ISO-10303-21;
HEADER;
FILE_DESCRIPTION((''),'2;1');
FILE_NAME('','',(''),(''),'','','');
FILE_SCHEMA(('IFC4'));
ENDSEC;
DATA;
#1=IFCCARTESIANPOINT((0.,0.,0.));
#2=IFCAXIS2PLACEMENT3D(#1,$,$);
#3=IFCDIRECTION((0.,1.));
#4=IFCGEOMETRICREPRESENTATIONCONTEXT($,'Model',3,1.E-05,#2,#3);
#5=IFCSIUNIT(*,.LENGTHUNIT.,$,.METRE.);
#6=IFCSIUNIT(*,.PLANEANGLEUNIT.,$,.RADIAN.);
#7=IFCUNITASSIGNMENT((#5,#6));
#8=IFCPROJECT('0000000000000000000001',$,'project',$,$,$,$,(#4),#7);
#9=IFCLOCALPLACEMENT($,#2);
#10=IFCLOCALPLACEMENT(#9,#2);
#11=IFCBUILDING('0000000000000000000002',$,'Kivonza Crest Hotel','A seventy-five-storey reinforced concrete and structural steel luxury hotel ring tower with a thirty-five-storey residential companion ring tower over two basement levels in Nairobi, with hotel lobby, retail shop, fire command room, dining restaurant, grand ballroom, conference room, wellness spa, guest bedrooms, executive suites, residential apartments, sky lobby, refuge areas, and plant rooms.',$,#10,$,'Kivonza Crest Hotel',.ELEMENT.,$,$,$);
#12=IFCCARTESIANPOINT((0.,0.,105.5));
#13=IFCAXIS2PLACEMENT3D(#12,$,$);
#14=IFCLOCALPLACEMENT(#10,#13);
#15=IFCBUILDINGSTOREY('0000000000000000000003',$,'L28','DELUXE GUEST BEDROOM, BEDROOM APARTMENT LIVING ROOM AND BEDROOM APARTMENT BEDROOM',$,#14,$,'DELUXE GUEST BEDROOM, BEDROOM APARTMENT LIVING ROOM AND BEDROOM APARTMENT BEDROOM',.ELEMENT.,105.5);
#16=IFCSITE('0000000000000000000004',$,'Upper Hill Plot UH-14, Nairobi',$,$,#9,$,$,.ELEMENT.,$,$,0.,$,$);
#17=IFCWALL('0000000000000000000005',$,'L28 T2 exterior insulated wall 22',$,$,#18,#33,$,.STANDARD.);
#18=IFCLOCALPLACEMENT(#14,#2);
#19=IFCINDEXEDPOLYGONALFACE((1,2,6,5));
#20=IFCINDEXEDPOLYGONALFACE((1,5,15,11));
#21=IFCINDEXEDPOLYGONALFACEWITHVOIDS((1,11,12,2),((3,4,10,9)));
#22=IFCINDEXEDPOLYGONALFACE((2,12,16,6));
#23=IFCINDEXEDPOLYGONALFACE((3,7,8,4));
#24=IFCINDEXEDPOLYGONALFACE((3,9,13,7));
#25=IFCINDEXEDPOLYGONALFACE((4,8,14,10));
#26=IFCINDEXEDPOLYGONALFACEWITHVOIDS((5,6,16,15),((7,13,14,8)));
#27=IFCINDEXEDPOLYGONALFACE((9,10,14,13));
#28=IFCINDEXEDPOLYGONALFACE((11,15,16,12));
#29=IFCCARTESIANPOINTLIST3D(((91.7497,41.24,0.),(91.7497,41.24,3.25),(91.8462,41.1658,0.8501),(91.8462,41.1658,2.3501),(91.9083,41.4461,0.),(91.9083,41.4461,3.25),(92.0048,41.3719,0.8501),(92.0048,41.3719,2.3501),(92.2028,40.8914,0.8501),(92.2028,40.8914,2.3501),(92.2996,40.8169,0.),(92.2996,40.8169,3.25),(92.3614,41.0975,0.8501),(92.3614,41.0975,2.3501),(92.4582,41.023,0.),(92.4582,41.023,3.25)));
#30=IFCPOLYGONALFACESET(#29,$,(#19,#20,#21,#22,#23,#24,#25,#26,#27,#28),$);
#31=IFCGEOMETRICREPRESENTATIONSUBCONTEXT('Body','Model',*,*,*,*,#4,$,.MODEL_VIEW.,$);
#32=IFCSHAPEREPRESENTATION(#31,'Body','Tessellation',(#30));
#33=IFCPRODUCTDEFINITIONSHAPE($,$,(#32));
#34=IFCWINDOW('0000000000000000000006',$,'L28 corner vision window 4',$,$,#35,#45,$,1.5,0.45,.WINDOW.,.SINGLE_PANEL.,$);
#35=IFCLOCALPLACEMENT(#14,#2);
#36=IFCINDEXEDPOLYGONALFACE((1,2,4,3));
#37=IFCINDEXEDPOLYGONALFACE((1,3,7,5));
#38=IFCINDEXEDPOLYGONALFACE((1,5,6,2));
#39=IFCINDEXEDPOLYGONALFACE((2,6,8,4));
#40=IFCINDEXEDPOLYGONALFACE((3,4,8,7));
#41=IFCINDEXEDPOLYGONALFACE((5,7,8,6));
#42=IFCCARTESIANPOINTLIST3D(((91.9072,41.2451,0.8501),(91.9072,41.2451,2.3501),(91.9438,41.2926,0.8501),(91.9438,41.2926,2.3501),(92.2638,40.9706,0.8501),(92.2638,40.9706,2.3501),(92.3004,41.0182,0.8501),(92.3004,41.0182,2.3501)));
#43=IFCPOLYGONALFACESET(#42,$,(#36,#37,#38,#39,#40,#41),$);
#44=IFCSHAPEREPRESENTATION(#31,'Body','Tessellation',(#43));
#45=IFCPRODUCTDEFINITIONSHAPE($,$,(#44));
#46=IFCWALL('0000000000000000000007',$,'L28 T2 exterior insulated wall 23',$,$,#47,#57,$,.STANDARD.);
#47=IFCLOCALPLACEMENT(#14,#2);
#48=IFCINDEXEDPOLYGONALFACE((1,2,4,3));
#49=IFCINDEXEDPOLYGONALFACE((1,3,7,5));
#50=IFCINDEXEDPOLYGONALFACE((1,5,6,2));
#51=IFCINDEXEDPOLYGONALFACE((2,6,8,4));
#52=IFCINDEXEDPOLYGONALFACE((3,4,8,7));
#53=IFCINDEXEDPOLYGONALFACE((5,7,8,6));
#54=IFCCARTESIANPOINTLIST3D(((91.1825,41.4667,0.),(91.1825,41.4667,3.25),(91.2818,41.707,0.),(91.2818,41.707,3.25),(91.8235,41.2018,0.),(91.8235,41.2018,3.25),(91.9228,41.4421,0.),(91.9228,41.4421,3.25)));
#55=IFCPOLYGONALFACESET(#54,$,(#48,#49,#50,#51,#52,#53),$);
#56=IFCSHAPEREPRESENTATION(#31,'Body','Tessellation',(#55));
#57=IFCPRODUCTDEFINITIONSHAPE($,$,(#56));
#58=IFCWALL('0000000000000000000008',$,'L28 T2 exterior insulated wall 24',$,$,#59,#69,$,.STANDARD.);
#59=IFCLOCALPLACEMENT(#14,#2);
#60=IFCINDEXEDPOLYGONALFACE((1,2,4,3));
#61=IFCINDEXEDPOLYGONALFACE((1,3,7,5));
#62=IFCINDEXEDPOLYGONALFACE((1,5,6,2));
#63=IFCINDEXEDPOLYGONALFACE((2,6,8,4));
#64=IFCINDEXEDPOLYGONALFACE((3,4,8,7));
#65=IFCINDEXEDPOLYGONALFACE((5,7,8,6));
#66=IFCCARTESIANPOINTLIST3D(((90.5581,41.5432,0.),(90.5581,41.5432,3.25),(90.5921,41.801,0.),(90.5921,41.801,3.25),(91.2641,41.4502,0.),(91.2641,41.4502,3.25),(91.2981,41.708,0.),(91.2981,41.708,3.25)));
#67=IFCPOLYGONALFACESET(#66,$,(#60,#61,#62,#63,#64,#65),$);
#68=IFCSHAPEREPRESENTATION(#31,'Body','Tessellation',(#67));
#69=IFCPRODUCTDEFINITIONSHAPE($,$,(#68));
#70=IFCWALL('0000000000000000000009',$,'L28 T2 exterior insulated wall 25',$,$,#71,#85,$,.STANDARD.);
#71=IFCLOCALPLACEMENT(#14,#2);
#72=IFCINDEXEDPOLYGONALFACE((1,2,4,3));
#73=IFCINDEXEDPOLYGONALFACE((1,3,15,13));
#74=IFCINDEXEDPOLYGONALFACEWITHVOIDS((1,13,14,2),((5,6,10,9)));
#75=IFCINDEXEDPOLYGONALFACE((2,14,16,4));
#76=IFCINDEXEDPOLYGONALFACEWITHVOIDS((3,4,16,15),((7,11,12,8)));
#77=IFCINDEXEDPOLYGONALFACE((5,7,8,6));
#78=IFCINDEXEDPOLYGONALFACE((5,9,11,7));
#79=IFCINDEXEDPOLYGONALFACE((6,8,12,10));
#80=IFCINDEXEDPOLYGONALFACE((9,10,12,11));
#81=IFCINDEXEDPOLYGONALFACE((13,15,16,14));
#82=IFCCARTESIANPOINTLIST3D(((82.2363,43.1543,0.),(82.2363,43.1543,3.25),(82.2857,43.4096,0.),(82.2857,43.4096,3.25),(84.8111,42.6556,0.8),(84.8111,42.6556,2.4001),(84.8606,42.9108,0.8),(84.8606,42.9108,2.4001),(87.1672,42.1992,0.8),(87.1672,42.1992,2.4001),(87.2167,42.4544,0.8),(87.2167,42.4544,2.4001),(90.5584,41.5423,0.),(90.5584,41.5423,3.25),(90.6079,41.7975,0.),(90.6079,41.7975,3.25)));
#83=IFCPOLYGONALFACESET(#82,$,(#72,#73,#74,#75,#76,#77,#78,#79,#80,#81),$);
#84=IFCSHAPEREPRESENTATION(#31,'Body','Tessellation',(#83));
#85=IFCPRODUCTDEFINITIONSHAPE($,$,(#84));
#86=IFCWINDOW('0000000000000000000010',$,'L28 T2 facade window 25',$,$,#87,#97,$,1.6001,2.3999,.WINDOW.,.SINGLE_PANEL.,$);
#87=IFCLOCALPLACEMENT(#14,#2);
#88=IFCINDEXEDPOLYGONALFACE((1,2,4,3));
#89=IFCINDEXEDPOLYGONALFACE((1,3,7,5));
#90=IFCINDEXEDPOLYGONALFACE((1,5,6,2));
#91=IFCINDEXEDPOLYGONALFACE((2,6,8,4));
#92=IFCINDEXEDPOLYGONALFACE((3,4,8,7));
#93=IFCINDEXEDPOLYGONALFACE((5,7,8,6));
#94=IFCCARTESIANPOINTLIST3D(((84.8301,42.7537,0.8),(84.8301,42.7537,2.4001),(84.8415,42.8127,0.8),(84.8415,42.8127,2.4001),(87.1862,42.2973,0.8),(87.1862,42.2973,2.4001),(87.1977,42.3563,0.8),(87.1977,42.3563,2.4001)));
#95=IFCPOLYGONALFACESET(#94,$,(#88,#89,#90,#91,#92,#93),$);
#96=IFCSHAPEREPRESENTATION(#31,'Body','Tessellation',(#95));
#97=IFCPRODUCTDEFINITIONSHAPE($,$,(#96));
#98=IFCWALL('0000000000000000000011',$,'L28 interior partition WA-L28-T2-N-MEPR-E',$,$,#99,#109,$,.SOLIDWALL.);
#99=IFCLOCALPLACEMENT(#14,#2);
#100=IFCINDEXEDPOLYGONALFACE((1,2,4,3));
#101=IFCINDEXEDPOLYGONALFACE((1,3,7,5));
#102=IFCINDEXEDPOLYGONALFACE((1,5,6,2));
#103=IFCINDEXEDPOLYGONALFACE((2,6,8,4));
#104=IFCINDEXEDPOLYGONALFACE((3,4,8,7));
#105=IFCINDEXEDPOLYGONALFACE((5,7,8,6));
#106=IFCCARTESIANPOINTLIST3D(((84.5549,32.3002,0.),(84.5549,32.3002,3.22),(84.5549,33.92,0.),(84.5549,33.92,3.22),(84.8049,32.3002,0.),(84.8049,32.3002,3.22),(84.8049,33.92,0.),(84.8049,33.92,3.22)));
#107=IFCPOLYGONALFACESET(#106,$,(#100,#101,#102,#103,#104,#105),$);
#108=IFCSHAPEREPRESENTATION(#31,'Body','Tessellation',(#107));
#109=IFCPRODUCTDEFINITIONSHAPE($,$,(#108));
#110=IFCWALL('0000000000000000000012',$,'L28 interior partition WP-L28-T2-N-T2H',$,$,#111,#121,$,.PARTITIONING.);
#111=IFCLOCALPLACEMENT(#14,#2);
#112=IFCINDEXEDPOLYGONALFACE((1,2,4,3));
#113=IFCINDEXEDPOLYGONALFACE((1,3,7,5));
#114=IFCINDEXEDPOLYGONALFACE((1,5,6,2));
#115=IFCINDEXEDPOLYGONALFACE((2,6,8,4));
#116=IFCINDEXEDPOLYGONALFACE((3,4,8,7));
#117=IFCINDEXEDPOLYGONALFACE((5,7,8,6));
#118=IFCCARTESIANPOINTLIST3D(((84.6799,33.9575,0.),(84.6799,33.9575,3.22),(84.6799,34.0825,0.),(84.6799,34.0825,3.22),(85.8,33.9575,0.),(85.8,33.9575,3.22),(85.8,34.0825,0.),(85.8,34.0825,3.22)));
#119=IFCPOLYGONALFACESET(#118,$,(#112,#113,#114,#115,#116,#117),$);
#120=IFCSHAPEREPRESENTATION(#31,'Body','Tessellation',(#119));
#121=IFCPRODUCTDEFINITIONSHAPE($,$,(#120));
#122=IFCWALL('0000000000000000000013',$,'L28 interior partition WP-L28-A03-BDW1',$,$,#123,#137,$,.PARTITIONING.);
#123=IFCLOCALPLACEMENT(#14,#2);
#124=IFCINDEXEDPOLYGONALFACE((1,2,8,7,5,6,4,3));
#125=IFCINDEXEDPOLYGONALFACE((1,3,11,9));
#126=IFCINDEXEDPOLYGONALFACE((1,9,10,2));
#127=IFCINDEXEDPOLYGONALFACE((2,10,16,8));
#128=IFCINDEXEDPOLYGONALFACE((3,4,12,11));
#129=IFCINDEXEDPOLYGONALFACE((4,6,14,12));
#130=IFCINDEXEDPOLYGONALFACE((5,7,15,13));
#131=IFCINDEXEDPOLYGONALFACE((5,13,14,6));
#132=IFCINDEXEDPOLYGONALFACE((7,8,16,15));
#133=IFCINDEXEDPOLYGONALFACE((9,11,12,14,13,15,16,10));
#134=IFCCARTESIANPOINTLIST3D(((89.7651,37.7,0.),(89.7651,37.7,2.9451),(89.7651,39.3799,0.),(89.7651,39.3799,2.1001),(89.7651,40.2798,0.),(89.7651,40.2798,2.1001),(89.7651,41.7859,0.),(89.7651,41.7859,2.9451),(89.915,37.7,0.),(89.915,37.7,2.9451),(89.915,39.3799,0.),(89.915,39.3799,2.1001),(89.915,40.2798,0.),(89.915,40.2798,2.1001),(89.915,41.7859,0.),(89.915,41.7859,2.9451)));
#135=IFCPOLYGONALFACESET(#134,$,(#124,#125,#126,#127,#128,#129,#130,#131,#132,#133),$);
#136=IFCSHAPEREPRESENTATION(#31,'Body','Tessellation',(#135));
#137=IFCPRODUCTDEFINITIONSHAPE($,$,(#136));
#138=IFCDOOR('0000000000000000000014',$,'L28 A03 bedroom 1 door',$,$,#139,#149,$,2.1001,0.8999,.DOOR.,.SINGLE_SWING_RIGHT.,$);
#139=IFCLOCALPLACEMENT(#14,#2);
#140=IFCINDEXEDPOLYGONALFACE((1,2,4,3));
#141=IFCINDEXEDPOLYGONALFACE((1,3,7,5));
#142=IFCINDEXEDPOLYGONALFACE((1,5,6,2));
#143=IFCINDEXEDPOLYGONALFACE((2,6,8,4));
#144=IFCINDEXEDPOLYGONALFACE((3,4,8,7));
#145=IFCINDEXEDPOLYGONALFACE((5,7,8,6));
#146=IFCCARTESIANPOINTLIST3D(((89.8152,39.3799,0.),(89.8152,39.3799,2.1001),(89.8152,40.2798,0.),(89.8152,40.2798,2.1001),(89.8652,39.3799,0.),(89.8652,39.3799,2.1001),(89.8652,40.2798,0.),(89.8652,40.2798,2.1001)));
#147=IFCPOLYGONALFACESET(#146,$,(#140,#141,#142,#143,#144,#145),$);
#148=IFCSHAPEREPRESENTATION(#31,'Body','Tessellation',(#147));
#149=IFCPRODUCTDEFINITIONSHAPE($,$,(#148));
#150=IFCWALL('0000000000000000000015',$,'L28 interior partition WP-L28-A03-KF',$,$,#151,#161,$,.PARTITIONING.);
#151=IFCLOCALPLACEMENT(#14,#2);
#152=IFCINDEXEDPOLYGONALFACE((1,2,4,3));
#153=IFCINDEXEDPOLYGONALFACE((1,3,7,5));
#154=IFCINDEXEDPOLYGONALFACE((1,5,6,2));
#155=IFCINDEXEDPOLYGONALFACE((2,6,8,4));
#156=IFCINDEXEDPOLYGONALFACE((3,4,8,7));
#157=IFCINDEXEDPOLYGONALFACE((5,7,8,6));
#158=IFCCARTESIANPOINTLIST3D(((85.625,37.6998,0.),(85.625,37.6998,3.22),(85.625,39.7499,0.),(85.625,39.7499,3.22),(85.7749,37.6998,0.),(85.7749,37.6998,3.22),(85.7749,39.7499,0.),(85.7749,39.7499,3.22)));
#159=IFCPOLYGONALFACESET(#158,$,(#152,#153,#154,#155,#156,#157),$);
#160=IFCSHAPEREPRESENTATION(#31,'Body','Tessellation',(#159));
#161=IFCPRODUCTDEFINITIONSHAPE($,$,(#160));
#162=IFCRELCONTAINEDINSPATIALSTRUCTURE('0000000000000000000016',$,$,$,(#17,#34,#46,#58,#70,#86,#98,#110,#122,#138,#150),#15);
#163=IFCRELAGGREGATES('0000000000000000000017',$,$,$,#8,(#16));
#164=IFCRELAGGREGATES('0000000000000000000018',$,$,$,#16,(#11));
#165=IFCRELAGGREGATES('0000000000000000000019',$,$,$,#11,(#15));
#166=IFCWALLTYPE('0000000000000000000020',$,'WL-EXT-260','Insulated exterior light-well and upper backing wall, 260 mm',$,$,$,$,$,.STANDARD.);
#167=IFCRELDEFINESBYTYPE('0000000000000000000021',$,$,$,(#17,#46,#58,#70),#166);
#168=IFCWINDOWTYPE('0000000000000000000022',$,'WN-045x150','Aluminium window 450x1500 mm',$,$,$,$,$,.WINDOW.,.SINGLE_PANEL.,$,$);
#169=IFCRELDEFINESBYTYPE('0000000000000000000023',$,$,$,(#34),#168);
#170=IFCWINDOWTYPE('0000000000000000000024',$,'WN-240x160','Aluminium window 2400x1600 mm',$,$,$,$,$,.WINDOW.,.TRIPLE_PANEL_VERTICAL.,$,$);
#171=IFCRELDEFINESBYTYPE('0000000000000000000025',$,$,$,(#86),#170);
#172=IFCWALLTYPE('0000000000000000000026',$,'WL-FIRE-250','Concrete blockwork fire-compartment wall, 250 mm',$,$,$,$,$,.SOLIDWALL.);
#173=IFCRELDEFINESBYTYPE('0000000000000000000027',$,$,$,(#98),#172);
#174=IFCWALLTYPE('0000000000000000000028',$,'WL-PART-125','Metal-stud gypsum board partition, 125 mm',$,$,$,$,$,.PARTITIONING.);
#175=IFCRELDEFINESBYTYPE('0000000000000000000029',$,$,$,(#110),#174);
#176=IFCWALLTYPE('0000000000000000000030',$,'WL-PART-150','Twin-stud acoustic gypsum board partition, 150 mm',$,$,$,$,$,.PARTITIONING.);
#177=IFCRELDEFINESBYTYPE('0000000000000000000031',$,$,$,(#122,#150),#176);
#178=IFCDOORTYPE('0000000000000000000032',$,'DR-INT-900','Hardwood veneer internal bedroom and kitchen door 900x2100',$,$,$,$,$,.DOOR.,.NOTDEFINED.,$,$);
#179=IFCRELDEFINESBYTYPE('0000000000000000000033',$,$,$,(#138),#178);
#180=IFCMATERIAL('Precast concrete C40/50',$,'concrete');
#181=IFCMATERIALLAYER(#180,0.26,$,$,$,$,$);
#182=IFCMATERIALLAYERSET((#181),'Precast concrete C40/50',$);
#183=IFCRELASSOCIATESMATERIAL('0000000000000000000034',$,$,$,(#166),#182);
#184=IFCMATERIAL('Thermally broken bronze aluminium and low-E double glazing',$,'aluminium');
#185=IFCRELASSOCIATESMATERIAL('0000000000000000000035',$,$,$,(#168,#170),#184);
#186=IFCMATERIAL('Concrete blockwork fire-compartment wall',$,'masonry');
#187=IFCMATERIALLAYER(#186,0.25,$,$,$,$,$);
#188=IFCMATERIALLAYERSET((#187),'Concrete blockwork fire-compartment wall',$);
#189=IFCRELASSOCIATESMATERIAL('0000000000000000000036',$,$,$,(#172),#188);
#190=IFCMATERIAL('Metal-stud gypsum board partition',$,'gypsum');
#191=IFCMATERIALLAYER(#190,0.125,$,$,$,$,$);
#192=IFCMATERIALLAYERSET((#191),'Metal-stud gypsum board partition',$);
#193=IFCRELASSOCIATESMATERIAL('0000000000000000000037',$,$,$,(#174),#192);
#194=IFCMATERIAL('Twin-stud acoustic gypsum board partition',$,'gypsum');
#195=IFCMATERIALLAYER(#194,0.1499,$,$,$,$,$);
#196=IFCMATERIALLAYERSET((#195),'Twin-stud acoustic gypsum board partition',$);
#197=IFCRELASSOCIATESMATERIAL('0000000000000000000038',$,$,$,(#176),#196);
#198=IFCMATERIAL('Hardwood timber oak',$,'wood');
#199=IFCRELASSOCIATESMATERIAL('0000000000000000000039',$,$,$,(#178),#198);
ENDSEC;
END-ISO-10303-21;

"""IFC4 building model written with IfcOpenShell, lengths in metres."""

from ifc_helpers import new_model, si_unit, direction, frame, frame_2d, origin, place, context, subcontext, project, spatial, rectangle, extrude, material, layer, layer_set, type_object, element, fill, save


model = new_model("IFC4")

# Units and contexts
model_context = context("Model", 3, precision=1e-05, world=origin(), true_north=direction((0.0, 1.0)))
body_context = subcontext(model_context, "Body", "Model", "MODEL_VIEW")
ifc_project = project(units=[si_unit("LENGTHUNIT", "METRE"), si_unit("PLANEANGLEUNIT", "RADIAN")], contexts=[model_context])

# Site, building, storey
site_placement = place(None, origin())
site = spatial("IfcSite", under=ifc_project, at=site_placement, Name="Upper Hill Plot UH-14, Nairobi", CompositionType="ELEMENT", RefElevation=0.0)
building_placement = place(site_placement, origin())
building = spatial("IfcBuilding", under=site, at=building_placement, Name="Kivonza Crest Hotel", Description="A seventy-five-storey reinforced concrete and structural steel luxury hotel ring tower with a thirty-five-storey residential companion ring tower over two basement levels in Nairobi, with hotel lobby, retail shop, fire command room, dining restaurant, grand ballroom, conference room, wellness spa, guest bedrooms, executive suites, residential apartments, sky lobby, refuge areas, and plant rooms.", LongName="Kivonza Crest Hotel", CompositionType="ELEMENT")
storey_placement = place(building_placement, frame((0.0, 0.0, 105.5)))
storey = spatial("IfcBuildingStorey", under=building, at=storey_placement, Name="L28", Description="DELUXE GUEST BEDROOM, BEDROOM APARTMENT LIVING ROOM AND BEDROOM APARTMENT BEDROOM", LongName="DELUXE GUEST BEDROOM, BEDROOM APARTMENT LIVING ROOM AND BEDROOM APARTMENT BEDROOM", CompositionType="ELEMENT", Elevation=105.5)

# Shared definitions
ifc_material_1 = material(Name="Hardwood timber oak", Category="wood")

# Shared definitions
ifc_material_2 = material(Name="Precast concrete C40/50", Category="concrete")
ifc_layer_1 = layer(ifc_material_2, 0.26)
ifc_layer_set_1 = layer_set([ifc_layer_1], Name="Precast concrete C40/50")
wall_type_1 = type_object("IfcWallType", Name="WL-EXT-260", Description="Insulated exterior light-well and upper backing wall, 260 mm", PredefinedType="STANDARD", material=ifc_layer_set_1)

# Wall, opening, window
wall_1_placement = place(storey_placement, frame((92.3789, 40.9199, 0.0), z_axis=(0.0, 0.0, 1.0), x_axis=(-0.792506, 0.609864, 0.0)))
wall_1 = element("IfcWall", 1, at=wall_1_placement, inside=storey, type_object=wall_type_1, Name="L28 T2 exterior insulated wall 22", PredefinedType="STANDARD", context=body_context, shape_type="SweptSolid", body=[
    extrude(rectangle(XDim=0.6938, YDim=0.26, at=frame_2d((0.3469, 0.0))), origin(), (0.0, 0.0, 1.0), 3.25),
])
opening_1_placement = place(wall_1_placement, frame((0.1221, 0.0, 0.8501)))
opening_1 = element("IfcOpeningElement", 2, at=opening_1_placement, cuts=wall_1, PredefinedType="OPENING", context=body_context, shape_type="SweptSolid", body=[
    extrude(rectangle(XDim=0.45, YDim=1.5, at=frame_2d((0.2251, 0.75))), frame((0.0, 0.1401, 0.0), z_axis=(0.0, -1.0, 0.0), x_axis=(1.0, 0.0, 0.0)), (0.0, 0.0, 1.0), 0.28),
])
ifc_material_3 = material(Name="Thermally broken bronze aluminium and low-E double glazing", Category="aluminium")
window_type_1 = type_object("IfcWindowType", Name="WN-045x150", Description="Aluminium window 450x1500 mm", PartitioningType="SINGLE_PANEL", PredefinedType="WINDOW", material=ifc_material_3)
window_1_placement = place(opening_1_placement, origin())
window_1 = element("IfcWindow", 3, at=window_1_placement, inside=storey, type_object=window_type_1, Name="L28 corner vision window 4", OverallHeight=1.5, OverallWidth=0.45, PartitioningType="SINGLE_PANEL", PredefinedType="WINDOW", context=body_context, shape_type="SweptSolid", body=[
    extrude(rectangle(XDim=0.45, YDim=1.5, at=frame_2d((0.2251, 0.75))), frame((0.0, 0.03, 0.0), z_axis=(0.0, -1.0, 0.0), x_axis=(1.0, 0.0, 0.0)), (0.0, 0.0, 1.0), 0.0601),
])
fill(opening_1, window_1)

# Walls
wall_2_placement = place(storey_placement, frame((91.873, 41.322, 0.0), z_axis=(0.0, 0.0, 1.0), x_axis=(-0.924218, 0.381865, 0.0)))
element("IfcWall", 4, at=wall_2_placement, inside=storey, type_object=wall_type_1, Name="L28 T2 exterior insulated wall 23", PredefinedType="STANDARD", context=body_context, shape_type="SweptSolid", body=[
    extrude(rectangle(XDim=0.6936, YDim=0.26, at=frame_2d((0.3467, 0.0))), origin(), (0.0, 0.0, 1.0), 3.25),
])
wall_3_placement = place(storey_placement, frame((91.281, 41.5791, 0.0), z_axis=(0.0, 0.0, 1.0), x_axis=(-0.991433, 0.130614, 0.0)))
element("IfcWall", 5, at=wall_3_placement, inside=storey, type_object=wall_type_1, Name="L28 T2 exterior insulated wall 24", PredefinedType="STANDARD", context=body_context, shape_type="SweptSolid", body=[
    extrude(rectangle(XDim=0.7122, YDim=0.26, at=frame_2d((0.356, 0.0))), origin(), (0.0, 0.0, 1.0), 3.25),
])

# Wall, opening, window
wall_4_placement = place(storey_placement, frame((90.583, 41.6699, 0.0), z_axis=(0.0, 0.0, 1.0), x_axis=(-0.98175, 0.190175, 0.0)))
wall_4 = element("IfcWall", 6, at=wall_4_placement, inside=storey, type_object=wall_type_1, Name="L28 T2 exterior insulated wall 25", PredefinedType="STANDARD", context=body_context, shape_type="SweptSolid", body=[
    extrude(rectangle(XDim=8.4768, YDim=0.26, at=frame_2d((4.2383, 0.0))), origin(), (0.0, 0.0, 1.0), 3.25),
])
opening_2_placement = place(wall_4_placement, frame((3.4541, 0.0, 0.8)))
opening_2 = element("IfcOpeningElement", 7, at=opening_2_placement, cuts=wall_4, PredefinedType="OPENING", context=body_context, shape_type="SweptSolid", body=[
    extrude(rectangle(XDim=2.3999, YDim=1.6001, at=frame_2d((1.2, 0.8))), frame((0.0, 0.1401, 0.0), z_axis=(0.0, -1.0, 0.0), x_axis=(1.0, 0.0, 0.0)), (0.0, 0.0, 1.0), 0.28),
])
window_type_2 = type_object("IfcWindowType", Name="WN-240x160", Description="Aluminium window 2400x1600 mm", PartitioningType="TRIPLE_PANEL_VERTICAL", PredefinedType="WINDOW", material=ifc_material_3)
window_2_placement = place(opening_2_placement, origin())
window_2 = element("IfcWindow", 8, at=window_2_placement, inside=storey, type_object=window_type_2, Name="L28 T2 facade window 25", OverallHeight=1.6001, OverallWidth=2.3999, PartitioningType="SINGLE_PANEL", PredefinedType="WINDOW", context=body_context, shape_type="SweptSolid", body=[
    extrude(rectangle(XDim=2.3999, YDim=1.6001, at=frame_2d((1.2, 0.8))), frame((0.0, 0.03, 0.0), z_axis=(0.0, -1.0, 0.0), x_axis=(1.0, 0.0, 0.0)), (0.0, 0.0, 1.0), 0.0601),
])
fill(opening_2, window_2)

# Walls
ifc_material_4 = material(Name="Concrete blockwork fire-compartment wall", Category="masonry")
ifc_layer_2 = layer(ifc_material_4, 0.25)
ifc_layer_set_2 = layer_set([ifc_layer_2], Name="Concrete blockwork fire-compartment wall")
wall_type_2 = type_object("IfcWallType", Name="WL-FIRE-250", Description="Concrete blockwork fire-compartment wall, 250 mm", PredefinedType="SOLIDWALL", material=ifc_layer_set_2)
wall_5_placement = place(storey_placement, frame((84.6799, 32.3, 0.0), z_axis=(0.0, 0.0, 1.0), x_axis=(0.0, 1.0, 0.0)))
element("IfcWall", 9, at=wall_5_placement, inside=storey, type_object=wall_type_2, Name="L28 interior partition WA-L28-T2-N-MEPR-E", PredefinedType="SOLIDWALL", context=body_context, shape_type="SweptSolid", body=[
    extrude(rectangle(XDim=1.6199, YDim=0.25, at=frame_2d((0.8101, 0.0))), origin(), (0.0, 0.0, 1.0), 3.22),
])
ifc_material_5 = material(Name="Metal-stud gypsum board partition", Category="gypsum")
ifc_layer_3 = layer(ifc_material_5, 0.125)
ifc_layer_set_3 = layer_set([ifc_layer_3], Name="Metal-stud gypsum board partition")
wall_type_3 = type_object("IfcWallType", Name="WL-PART-125", Description="Metal-stud gypsum board partition, 125 mm", PredefinedType="PARTITIONING", material=ifc_layer_set_3)
wall_6_placement = place(storey_placement, frame((84.6799, 34.02, 0.0), z_axis=(0.0, 0.0, 1.0), x_axis=(1.0, 0.0, 0.0)))
element("IfcWall", 10, at=wall_6_placement, inside=storey, type_object=wall_type_3, Name="L28 interior partition WP-L28-T2-N-T2H", PredefinedType="PARTITIONING", context=body_context, shape_type="SweptSolid", body=[
    extrude(rectangle(XDim=1.1201, YDim=0.125, at=frame_2d((0.5601, 0.0))), origin(), (0.0, 0.0, 1.0), 3.22),
])

# Wall, opening, door
ifc_material_6 = material(Name="Twin-stud acoustic gypsum board partition", Category="gypsum")
ifc_layer_4 = layer(ifc_material_6, 0.1499)
ifc_layer_set_4 = layer_set([ifc_layer_4], Name="Twin-stud acoustic gypsum board partition")
wall_type_4 = type_object("IfcWallType", Name="WL-PART-150", Description="Twin-stud acoustic gypsum board partition, 150 mm", PredefinedType="PARTITIONING", material=ifc_layer_set_4)
wall_7_placement = place(storey_placement, frame((89.8401, 37.7, 0.0), z_axis=(0.0, 0.0, 1.0), x_axis=(0.0, 1.0, 0.0)))
wall_7 = element("IfcWall", 11, at=wall_7_placement, inside=storey, type_object=wall_type_4, Name="L28 interior partition WP-L28-A03-BDW1", PredefinedType="PARTITIONING", context=body_context, shape_type="SweptSolid", body=[
    extrude(rectangle(XDim=4.0859, YDim=0.1499, at=frame_2d((2.043, 0.0))), origin(), (0.0, 0.0, 1.0), 2.9451),
])
opening_3_placement = place(wall_7_placement, frame((1.6799, 0.0, 0.0)))
opening_3 = element("IfcOpeningElement", 12, at=opening_3_placement, cuts=wall_7, PredefinedType="OPENING", context=body_context, shape_type="SweptSolid", body=[
    extrude(rectangle(XDim=0.8999, YDim=2.1001, at=frame_2d((0.45, 1.05))), frame((0.0, 0.085, 0.0), z_axis=(0.0, -1.0, 0.0), x_axis=(1.0, 0.0, 0.0)), (0.0, 0.0, 1.0), 0.1699),
])
door_type_1 = type_object("IfcDoorType", Name="DR-INT-900", Description="Hardwood veneer internal bedroom and kitchen door 900x2100", OperationType="NOTDEFINED", PredefinedType="DOOR", material=ifc_material_1)
door_1_placement = place(opening_3_placement, origin())
door_1 = element("IfcDoor", 13, at=door_1_placement, inside=storey, type_object=door_type_1, Name="L28 A03 bedroom 1 door", OperationType="SINGLE_SWING_RIGHT", OverallHeight=2.1001, OverallWidth=0.8999, PredefinedType="DOOR", context=body_context, shape_type="SweptSolid", body=[
    extrude(rectangle(XDim=0.8999, YDim=2.1001, at=frame_2d((0.45, 1.05))), frame((0.0, 0.0249, 0.0), z_axis=(0.0, -1.0, 0.0), x_axis=(1.0, 0.0, 0.0)), (0.0, 0.0, 1.0), 0.05),
])
fill(opening_3, door_1)

# Wall
wall_8_placement = place(storey_placement, frame((85.7, 37.7, 0.0), z_axis=(0.0, 0.0, 1.0), x_axis=(0.0, 1.0, 0.0)))
element("IfcWall", 14, at=wall_8_placement, inside=storey, type_object=wall_type_4, Name="L28 interior partition WP-L28-A03-KF", PredefinedType="PARTITIONING", context=body_context, shape_type="SweptSolid", body=[
    extrude(rectangle(XDim=2.05, YDim=0.1499, at=frame_2d((1.0249, 0.0))), origin(), (0.0, 0.0, 1.0), 3.22),
])

save(model, "model.ifc")
